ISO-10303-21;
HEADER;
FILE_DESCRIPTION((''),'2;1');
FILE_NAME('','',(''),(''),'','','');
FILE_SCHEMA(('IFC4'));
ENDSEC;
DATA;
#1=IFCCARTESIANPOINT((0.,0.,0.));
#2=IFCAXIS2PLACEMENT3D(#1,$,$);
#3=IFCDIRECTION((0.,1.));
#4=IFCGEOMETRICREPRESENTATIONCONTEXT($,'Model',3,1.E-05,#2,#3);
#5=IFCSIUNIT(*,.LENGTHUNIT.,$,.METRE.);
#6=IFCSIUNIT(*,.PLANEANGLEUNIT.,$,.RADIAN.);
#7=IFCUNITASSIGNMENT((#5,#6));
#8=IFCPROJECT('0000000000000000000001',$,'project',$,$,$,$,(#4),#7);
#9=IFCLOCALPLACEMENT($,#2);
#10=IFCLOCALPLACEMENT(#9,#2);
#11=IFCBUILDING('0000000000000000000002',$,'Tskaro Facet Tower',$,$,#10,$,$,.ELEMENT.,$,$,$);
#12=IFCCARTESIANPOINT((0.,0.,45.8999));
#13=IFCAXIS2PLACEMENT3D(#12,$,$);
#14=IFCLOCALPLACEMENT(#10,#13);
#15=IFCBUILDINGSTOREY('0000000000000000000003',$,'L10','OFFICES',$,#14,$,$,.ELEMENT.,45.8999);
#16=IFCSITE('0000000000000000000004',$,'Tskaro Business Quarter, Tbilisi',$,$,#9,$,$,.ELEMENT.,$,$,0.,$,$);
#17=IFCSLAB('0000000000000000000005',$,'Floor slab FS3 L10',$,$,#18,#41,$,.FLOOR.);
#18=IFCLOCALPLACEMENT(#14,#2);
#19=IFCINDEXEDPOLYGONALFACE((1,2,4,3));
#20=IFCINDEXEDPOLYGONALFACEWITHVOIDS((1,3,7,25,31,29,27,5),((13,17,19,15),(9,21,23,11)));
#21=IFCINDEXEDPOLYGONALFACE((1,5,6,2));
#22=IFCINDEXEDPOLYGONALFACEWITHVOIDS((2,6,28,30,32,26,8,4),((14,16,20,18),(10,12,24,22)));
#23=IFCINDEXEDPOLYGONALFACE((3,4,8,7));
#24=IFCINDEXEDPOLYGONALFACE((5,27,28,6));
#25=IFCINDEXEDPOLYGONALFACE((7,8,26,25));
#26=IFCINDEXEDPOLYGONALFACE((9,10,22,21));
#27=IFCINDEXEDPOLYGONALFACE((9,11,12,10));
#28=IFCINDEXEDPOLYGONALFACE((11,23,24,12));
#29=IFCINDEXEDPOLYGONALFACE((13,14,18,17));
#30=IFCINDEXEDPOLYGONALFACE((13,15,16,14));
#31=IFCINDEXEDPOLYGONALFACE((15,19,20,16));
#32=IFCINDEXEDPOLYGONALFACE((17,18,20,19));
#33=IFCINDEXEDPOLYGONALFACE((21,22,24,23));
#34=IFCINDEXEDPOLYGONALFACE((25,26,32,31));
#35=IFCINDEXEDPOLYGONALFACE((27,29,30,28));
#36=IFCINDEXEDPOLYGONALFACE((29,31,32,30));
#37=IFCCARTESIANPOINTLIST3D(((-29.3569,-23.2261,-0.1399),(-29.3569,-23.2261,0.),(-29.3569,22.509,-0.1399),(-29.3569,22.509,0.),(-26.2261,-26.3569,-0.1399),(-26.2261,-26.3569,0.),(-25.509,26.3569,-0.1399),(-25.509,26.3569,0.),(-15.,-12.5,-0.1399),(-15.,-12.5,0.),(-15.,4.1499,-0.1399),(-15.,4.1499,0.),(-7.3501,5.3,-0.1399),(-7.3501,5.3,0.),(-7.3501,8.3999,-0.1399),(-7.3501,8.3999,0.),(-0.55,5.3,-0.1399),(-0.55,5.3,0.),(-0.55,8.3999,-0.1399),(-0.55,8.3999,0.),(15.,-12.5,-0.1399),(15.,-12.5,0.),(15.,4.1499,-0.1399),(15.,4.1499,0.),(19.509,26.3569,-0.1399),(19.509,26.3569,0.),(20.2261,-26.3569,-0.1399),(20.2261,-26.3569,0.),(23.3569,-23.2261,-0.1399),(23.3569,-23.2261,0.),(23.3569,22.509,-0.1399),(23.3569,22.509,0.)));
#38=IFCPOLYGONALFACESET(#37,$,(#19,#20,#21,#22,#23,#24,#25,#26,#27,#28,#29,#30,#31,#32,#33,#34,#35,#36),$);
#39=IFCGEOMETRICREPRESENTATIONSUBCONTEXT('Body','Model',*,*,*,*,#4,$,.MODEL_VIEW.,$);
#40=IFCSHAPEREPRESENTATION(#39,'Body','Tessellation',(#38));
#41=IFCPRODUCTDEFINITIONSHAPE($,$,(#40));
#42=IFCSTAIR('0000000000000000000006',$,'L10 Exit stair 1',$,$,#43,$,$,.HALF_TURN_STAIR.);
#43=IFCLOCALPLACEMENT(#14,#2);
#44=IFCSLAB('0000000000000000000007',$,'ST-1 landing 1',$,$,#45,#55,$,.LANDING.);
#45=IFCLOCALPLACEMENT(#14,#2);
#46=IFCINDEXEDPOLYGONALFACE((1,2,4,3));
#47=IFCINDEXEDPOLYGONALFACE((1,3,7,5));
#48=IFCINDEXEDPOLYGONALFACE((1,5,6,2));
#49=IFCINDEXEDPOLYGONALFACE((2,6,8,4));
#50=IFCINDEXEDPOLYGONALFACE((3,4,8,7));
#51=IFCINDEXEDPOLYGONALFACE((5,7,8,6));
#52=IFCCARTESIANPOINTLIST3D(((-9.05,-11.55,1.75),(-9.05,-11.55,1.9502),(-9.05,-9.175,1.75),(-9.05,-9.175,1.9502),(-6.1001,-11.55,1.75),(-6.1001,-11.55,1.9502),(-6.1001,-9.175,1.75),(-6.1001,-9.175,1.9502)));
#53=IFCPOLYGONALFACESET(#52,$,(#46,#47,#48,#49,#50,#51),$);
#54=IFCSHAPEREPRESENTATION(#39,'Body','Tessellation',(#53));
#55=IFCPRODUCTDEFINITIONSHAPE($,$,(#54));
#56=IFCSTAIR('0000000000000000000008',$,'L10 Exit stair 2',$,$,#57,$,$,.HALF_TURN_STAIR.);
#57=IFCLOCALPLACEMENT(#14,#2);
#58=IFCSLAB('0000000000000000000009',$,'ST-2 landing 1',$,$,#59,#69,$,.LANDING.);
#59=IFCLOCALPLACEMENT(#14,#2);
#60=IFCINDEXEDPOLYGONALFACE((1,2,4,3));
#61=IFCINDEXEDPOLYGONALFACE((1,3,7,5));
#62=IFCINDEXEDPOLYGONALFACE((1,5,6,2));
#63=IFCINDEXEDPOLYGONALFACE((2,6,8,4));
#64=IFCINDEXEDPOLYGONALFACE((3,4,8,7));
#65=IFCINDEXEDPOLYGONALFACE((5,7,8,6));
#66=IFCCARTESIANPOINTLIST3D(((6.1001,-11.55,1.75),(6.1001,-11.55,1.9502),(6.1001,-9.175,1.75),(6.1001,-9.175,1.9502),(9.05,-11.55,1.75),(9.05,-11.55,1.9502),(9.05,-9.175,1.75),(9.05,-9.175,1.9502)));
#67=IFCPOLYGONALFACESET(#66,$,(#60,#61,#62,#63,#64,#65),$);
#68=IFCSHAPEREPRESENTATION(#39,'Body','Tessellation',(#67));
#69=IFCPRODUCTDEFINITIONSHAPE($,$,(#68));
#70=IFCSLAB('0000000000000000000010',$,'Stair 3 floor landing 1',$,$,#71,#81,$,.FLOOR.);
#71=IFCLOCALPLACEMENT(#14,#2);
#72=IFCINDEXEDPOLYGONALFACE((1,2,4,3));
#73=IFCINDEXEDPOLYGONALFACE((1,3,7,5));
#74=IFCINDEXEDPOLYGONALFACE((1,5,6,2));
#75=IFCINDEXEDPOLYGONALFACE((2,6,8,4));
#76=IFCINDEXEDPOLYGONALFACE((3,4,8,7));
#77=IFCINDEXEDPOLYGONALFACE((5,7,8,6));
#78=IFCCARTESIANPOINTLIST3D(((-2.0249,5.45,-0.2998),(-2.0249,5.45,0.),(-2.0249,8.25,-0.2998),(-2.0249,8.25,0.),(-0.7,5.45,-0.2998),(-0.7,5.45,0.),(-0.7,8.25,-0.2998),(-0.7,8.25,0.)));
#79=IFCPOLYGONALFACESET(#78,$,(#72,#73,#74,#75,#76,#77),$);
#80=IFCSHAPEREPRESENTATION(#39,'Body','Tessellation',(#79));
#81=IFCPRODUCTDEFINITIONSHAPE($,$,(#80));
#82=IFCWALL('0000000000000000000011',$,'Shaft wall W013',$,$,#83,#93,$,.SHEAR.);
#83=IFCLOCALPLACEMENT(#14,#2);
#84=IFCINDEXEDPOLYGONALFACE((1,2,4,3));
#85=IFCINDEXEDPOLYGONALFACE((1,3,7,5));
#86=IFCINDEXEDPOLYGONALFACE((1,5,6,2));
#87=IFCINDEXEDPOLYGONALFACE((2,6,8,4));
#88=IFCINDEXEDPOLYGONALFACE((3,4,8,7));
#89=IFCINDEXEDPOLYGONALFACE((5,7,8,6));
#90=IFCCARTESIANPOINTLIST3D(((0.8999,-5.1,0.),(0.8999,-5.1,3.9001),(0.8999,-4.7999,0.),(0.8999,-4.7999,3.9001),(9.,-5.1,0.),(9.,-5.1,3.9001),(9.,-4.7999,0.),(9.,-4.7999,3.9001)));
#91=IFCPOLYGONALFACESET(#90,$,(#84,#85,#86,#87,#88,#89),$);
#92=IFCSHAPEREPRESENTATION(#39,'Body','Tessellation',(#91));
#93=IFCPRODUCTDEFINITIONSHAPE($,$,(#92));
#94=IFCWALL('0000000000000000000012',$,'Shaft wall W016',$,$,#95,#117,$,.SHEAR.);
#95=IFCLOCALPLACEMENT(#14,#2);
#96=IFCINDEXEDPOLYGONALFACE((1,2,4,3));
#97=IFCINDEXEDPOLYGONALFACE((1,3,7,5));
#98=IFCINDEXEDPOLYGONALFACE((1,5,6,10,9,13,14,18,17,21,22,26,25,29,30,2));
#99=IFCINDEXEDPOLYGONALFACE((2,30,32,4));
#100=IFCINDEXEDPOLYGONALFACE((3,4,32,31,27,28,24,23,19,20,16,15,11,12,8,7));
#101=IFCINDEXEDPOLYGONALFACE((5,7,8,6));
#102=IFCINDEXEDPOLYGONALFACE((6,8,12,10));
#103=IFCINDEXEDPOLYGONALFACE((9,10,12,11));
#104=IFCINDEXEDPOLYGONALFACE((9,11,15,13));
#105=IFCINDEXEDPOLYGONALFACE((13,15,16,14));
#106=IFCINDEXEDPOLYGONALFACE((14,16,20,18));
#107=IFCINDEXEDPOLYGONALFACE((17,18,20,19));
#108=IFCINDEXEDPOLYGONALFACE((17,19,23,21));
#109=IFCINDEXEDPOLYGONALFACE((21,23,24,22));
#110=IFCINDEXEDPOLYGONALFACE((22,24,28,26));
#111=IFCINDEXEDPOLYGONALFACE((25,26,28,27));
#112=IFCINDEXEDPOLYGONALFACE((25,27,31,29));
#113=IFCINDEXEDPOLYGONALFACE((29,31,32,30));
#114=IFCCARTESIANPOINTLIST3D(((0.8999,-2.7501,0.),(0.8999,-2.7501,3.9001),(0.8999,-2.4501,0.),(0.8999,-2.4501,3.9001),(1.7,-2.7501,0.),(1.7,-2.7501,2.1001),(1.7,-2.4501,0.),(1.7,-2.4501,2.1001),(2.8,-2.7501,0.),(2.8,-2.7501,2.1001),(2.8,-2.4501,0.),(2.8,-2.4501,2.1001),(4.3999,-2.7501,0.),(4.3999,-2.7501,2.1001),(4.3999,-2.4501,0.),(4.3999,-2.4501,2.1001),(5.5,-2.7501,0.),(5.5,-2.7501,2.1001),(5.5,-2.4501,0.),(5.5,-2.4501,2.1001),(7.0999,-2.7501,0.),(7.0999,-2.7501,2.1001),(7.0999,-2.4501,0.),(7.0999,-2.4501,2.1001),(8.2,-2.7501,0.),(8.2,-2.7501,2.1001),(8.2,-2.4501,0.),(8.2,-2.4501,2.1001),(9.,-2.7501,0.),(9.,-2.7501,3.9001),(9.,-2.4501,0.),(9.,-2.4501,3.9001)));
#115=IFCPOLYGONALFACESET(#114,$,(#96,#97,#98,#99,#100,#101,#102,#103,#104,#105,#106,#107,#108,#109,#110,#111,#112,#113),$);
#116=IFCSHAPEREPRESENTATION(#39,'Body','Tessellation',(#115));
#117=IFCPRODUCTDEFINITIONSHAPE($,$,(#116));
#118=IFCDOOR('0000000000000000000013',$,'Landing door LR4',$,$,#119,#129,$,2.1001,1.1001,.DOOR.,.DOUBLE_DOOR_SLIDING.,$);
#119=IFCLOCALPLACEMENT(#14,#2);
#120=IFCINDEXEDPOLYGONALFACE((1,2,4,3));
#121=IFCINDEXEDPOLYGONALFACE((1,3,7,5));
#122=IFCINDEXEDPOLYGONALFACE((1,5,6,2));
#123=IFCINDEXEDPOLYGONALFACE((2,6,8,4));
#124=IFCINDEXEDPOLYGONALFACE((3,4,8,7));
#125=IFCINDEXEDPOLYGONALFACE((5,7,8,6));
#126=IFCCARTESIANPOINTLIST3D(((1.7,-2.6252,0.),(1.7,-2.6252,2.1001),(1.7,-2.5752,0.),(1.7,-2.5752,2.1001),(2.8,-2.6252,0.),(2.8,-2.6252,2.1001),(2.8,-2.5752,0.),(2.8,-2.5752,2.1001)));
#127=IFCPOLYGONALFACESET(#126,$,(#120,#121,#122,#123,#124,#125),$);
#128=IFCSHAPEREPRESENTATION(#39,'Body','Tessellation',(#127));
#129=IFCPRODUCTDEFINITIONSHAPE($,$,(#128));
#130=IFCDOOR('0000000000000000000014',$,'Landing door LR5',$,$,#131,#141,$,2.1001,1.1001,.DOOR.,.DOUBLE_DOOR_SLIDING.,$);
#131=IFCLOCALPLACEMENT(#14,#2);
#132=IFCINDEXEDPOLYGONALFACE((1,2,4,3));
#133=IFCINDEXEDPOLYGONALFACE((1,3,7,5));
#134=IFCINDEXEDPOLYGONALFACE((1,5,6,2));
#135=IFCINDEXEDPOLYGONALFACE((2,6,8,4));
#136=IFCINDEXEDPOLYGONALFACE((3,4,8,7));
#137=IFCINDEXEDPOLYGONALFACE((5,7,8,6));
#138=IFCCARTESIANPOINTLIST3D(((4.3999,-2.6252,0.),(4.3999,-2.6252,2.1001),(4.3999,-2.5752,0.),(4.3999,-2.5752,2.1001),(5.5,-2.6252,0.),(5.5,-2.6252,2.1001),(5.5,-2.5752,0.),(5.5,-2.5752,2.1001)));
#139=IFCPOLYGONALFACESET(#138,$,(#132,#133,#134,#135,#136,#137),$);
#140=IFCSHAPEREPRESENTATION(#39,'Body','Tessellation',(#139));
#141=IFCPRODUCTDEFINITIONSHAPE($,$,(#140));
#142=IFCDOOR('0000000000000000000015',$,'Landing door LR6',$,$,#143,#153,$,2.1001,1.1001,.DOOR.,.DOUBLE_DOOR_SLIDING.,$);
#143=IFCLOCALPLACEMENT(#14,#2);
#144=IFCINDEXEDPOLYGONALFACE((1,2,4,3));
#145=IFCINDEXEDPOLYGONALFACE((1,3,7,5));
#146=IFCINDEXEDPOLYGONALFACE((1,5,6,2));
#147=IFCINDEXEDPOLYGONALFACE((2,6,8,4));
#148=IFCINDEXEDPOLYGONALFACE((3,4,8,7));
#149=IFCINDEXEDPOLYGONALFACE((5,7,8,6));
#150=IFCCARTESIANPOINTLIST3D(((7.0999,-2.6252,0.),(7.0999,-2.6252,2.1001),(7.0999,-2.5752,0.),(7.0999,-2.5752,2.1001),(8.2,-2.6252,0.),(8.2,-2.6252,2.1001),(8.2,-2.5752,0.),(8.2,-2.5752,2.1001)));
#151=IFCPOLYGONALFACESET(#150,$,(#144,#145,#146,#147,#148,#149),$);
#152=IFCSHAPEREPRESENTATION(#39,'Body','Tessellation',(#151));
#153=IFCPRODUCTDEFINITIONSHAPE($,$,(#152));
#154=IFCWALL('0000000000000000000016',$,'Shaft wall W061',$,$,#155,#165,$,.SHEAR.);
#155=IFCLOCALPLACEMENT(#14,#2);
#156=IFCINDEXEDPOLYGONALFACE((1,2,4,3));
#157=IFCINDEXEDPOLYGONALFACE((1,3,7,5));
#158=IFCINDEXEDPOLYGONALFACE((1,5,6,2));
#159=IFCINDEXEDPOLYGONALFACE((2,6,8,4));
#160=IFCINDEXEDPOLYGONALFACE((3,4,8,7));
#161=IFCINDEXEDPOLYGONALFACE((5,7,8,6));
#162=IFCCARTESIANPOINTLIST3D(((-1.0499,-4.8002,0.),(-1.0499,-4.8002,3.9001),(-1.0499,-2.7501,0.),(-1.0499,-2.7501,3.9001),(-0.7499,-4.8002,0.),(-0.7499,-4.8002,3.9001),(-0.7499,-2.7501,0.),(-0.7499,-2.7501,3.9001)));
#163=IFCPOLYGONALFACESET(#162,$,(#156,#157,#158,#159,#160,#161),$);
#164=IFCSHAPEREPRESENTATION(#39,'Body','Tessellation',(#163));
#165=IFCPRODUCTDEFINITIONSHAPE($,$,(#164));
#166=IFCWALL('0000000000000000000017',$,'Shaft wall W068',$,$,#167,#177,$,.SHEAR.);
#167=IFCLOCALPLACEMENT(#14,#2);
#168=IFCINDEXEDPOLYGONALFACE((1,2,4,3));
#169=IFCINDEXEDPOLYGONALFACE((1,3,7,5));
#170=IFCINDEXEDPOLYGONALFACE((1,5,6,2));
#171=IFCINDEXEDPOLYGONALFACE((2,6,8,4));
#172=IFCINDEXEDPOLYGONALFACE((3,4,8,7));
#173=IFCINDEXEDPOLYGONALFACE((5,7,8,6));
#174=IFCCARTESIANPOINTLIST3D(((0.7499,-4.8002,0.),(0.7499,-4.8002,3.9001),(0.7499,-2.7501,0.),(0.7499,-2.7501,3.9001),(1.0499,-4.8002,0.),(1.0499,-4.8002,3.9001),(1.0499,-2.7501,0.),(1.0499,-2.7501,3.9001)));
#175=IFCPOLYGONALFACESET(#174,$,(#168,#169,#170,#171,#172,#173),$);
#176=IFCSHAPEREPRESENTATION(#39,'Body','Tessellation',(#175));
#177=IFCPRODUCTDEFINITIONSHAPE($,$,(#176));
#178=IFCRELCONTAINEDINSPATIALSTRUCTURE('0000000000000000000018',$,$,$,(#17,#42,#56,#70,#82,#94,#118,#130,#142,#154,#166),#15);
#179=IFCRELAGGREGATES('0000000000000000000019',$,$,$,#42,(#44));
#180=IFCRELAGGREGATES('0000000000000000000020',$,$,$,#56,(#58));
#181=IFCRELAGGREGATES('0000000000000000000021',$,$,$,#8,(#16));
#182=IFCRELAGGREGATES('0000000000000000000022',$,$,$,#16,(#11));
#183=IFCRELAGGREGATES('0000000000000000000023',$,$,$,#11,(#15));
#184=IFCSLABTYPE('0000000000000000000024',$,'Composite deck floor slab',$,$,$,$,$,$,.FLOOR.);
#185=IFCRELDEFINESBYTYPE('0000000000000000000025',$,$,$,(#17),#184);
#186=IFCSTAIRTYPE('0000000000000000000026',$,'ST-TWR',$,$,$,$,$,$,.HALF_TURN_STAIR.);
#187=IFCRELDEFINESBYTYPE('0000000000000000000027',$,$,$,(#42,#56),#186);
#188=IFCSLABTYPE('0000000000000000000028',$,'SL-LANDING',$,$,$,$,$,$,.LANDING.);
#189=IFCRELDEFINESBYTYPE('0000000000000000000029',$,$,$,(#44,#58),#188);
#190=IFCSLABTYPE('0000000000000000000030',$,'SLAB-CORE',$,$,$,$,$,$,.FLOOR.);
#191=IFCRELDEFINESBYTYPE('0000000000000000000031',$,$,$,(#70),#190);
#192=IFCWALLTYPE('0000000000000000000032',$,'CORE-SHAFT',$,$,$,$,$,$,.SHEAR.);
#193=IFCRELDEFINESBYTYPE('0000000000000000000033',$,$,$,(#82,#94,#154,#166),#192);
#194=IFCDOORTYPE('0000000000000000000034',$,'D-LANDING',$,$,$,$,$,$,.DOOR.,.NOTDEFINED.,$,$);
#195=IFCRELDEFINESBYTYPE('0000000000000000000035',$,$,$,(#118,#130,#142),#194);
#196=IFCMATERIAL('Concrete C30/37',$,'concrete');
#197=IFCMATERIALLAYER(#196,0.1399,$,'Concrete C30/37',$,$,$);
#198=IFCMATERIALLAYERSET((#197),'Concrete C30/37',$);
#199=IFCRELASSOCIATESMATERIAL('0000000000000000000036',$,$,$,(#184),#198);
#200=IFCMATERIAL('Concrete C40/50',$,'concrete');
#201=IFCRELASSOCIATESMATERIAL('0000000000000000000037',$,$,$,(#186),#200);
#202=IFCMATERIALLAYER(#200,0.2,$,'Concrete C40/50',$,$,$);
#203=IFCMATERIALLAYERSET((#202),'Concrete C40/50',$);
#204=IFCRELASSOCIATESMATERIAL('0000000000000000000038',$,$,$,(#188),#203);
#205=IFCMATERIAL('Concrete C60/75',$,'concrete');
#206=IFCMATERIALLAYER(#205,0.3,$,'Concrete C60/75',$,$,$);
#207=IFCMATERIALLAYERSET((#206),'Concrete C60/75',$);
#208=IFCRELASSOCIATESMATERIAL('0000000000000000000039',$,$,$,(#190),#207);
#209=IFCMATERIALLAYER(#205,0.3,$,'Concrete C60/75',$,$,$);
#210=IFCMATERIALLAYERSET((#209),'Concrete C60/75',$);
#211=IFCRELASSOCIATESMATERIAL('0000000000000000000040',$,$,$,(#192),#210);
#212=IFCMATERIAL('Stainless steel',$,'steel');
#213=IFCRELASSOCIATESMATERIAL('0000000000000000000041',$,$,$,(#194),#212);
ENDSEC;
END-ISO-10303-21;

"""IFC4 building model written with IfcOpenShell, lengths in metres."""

from ifc_helpers import new_model, si_unit, direction, frame, frame_2d, origin, place, context, subcontext, project, spatial, polyline, rectangle, outline, extrude, material, layer, layer_set, type_object, element, fill, aggregate, save


model = new_model("IFC4")

# Units and contexts
model_context = context("Model", 3, precision=1e-05, world=origin(), true_north=direction((0.0, 1.0)))
body_context = subcontext(model_context, "Body", "Model", "MODEL_VIEW")
ifc_project = project(units=[si_unit("LENGTHUNIT", "METRE"), si_unit("PLANEANGLEUNIT", "RADIAN")], contexts=[model_context])

# Site, building, storey
site_placement = place(None, origin())
site = spatial("IfcSite", under=ifc_project, at=site_placement, Name="Tskaro Business Quarter, Tbilisi", CompositionType="ELEMENT", RefElevation=0.0)
building_placement = place(site_placement, origin())
building = spatial("IfcBuilding", under=site, at=building_placement, Name="Tskaro Facet Tower", CompositionType="ELEMENT")
storey_placement = place(building_placement, frame((0.0, 0.0, 45.8999)))
storey = spatial("IfcBuildingStorey", under=building, at=storey_placement, Name="L10", Description="OFFICES", CompositionType="ELEMENT", Elevation=45.8999)

# Slab
ifc_material_1 = material(Name="Concrete C30/37", Category="concrete")
ifc_layer_1 = layer(ifc_material_1, 0.1399, Name="Concrete C30/37")
ifc_layer_set_1 = layer_set([ifc_layer_1], Name="Concrete C30/37")
slab_type_1 = type_object("IfcSlabType", Name="Composite deck floor slab", PredefinedType="FLOOR", material=ifc_layer_set_1)
slab_1_placement = place(storey_placement, frame((0.0, 0.0, -0.1399)))
element("IfcSlab", 1, at=slab_1_placement, inside=storey, type_object=slab_type_1, Name="Floor slab FS3 L10", PredefinedType="FLOOR", context=body_context, shape_type="SweptSolid", body=[
    extrude(outline(polyline([(-26.2261, -26.3569), (20.2261, -26.3569), (23.3569, -23.2261), (23.3569, 22.509), (19.509, 26.3569), (-25.509, 26.3569), (-29.3569, 22.509), (-29.3569, -23.2261), (-26.2261, -26.3569)]), holes=[polyline([(-15.0, -12.5), (15.0, -12.5), (15.0, 4.1499), (-15.0, 4.1499), (-15.0, -12.5)]), polyline([(-7.3501, 5.3), (-0.55, 5.3), (-0.55, 8.3999), (-7.3501, 8.3999), (-7.3501, 5.3)])]), origin(), (0.0, 0.0, 1.0), 0.1399),
])

# Stairs, slabs
ifc_material_2 = material(Name="Concrete C40/50", Category="concrete")
stair_type = type_object("IfcStairType", Name="ST-TWR", PredefinedType="HALF_TURN_STAIR", material=ifc_material_2)
stair_1_placement = place(storey_placement, origin())
stair_1 = element("IfcStair", 2, at=stair_1_placement, inside=storey, type_object=stair_type, Name="L10 Exit stair 1", PredefinedType="HALF_TURN_STAIR")
ifc_layer_2 = layer(ifc_material_2, 0.2, Name="Concrete C40/50")
ifc_layer_set_2 = layer_set([ifc_layer_2], Name="Concrete C40/50")
slab_type_2 = type_object("IfcSlabType", Name="SL-LANDING", PredefinedType="LANDING", material=ifc_layer_set_2)
slab_2_placement = place(storey_placement, frame((0.0, 0.0, 1.75)))
slab_2 = element("IfcSlab", 3, at=slab_2_placement, type_object=slab_type_2, Name="ST-1 landing 1", PredefinedType="LANDING", context=body_context, shape_type="SweptSolid", body=[
    extrude(outline(polyline([(-9.05, -11.55), (-6.1001, -11.55), (-6.1001, -9.175), (-9.05, -9.175), (-9.05, -11.55)])), origin(), (0.0, 0.0, 1.0), 0.2002),
])
aggregate(stair_1, [slab_2])
stair_2_placement = place(storey_placement, origin())
stair_2 = element("IfcStair", 4, at=stair_2_placement, inside=storey, type_object=stair_type, Name="L10 Exit stair 2", PredefinedType="HALF_TURN_STAIR")
slab_3_placement = place(storey_placement, frame((0.0, 0.0, 1.75)))
slab_3 = element("IfcSlab", 5, at=slab_3_placement, type_object=slab_type_2, Name="ST-2 landing 1", PredefinedType="LANDING", context=body_context, shape_type="SweptSolid", body=[
    extrude(outline(polyline([(6.1001, -11.55), (9.05, -11.55), (9.05, -9.175), (6.1001, -9.175), (6.1001, -11.55)])), origin(), (0.0, 0.0, 1.0), 0.2002),
])
aggregate(stair_2, [slab_3])

# Slab
ifc_material_3 = material(Name="Concrete C60/75", Category="concrete")
ifc_layer_3 = layer(ifc_material_3, 0.3, Name="Concrete C60/75")
ifc_layer_set_3 = layer_set([ifc_layer_3], Name="Concrete C60/75")
slab_type_3 = type_object("IfcSlabType", Name="SLAB-CORE", PredefinedType="FLOOR", material=ifc_layer_set_3)
slab_4_placement = place(storey_placement, frame((0.0, 0.0, -0.2998)))
element("IfcSlab", 6, at=slab_4_placement, inside=storey, type_object=slab_type_3, Name="Stair 3 floor landing 1", PredefinedType="FLOOR", context=body_context, shape_type="SweptSolid", body=[
    extrude(outline(polyline([(-2.0249, 5.45), (-0.7, 5.45), (-0.7, 8.25), (-2.0249, 8.25), (-2.0249, 5.45)])), origin(), (0.0, 0.0, 1.0), 0.2998),
])

# Wall
ifc_layer_4 = layer(ifc_material_3, 0.3, Name="Concrete C60/75")
ifc_layer_set_4 = layer_set([ifc_layer_4], Name="Concrete C60/75")
wall_type_1 = type_object("IfcWallType", Name="CORE-SHAFT", PredefinedType="SHEAR", material=ifc_layer_set_4)
wall_1_placement = place(storey_placement, frame((0.8999, -4.95, 0.0), z_axis=(0.0, 0.0, 1.0), x_axis=(1.0, 0.0, 0.0)))
element("IfcWall", 7, at=wall_1_placement, inside=storey, type_object=wall_type_1, Name="Shaft wall W013", PredefinedType="SHEAR", context=body_context, shape_type="SweptSolid", body=[
    extrude(rectangle(XDim=8.1001, YDim=0.3, at=frame_2d((4.05, 0.0))), origin(), (0.0, 0.0, 1.0), 3.9001),
])

# Wall, openings, doors
wall_2_placement = place(storey_placement, frame((0.8999, -2.6001, 0.0), z_axis=(0.0, 0.0, 1.0), x_axis=(1.0, 0.0, 0.0)))
wall_2 = element("IfcWall", 8, at=wall_2_placement, inside=storey, type_object=wall_type_1, Name="Shaft wall W016", PredefinedType="SHEAR", context=body_context, shape_type="SweptSolid", body=[
    extrude(rectangle(XDim=8.1001, YDim=0.3, at=frame_2d((4.05, 0.0))), origin(), (0.0, 0.0, 1.0), 3.9001),
])
opening_1_placement = place(wall_2_placement, frame((0.8, 0.0, 0.0)))
opening_1 = element("IfcOpeningElement", 9, at=opening_1_placement, cuts=wall_2, PredefinedType="OPENING", context=body_context, shape_type="SweptSolid", body=[
    extrude(rectangle(XDim=1.1001, YDim=2.1001, at=frame_2d((0.55, 1.05))), frame((0.0, 0.1599, 0.0), z_axis=(0.0, -1.0, 0.0), x_axis=(1.0, 0.0, 0.0)), (0.0, 0.0, 1.0), 0.3201),
])
opening_2_placement = place(wall_2_placement, frame((3.5, 0.0, 0.0)))
opening_2 = element("IfcOpeningElement", 10, at=opening_2_placement, cuts=wall_2, PredefinedType="OPENING", context=body_context, shape_type="SweptSolid", body=[
    extrude(rectangle(XDim=1.1001, YDim=2.1001, at=frame_2d((0.55, 1.05))), frame((0.0, 0.1599, 0.0), z_axis=(0.0, -1.0, 0.0), x_axis=(1.0, 0.0, 0.0)), (0.0, 0.0, 1.0), 0.3201),
])
opening_3_placement = place(wall_2_placement, frame((6.2, 0.0, 0.0)))
opening_3 = element("IfcOpeningElement", 11, at=opening_3_placement, cuts=wall_2, PredefinedType="OPENING", context=body_context, shape_type="SweptSolid", body=[
    extrude(rectangle(XDim=1.1001, YDim=2.1001, at=frame_2d((0.55, 1.05))), frame((0.0, 0.1599, 0.0), z_axis=(0.0, -1.0, 0.0), x_axis=(1.0, 0.0, 0.0)), (0.0, 0.0, 1.0), 0.3201),
])
ifc_material_4 = material(Name="Stainless steel", Category="steel")
door_type_1 = type_object("IfcDoorType", Name="D-LANDING", OperationType="NOTDEFINED", PredefinedType="DOOR", material=ifc_material_4)
door_1_placement = place(opening_1_placement, origin())
door_1 = element("IfcDoor", 12, at=door_1_placement, inside=storey, type_object=door_type_1, Name="Landing door LR4", OperationType="DOUBLE_DOOR_SLIDING", OverallHeight=2.1001, OverallWidth=1.1001, PredefinedType="DOOR", context=body_context, shape_type="SweptSolid", body=[
    extrude(rectangle(XDim=1.1001, YDim=2.1001, at=frame_2d((0.55, 1.05))), frame((0.0, 0.0249, 0.0), z_axis=(0.0, -1.0, 0.0), x_axis=(1.0, 0.0, 0.0)), (0.0, 0.0, 1.0), 0.05),
])
fill(opening_1, door_1)
door_2_placement = place(opening_2_placement, origin())
door_2 = element("IfcDoor", 13, at=door_2_placement, inside=storey, type_object=door_type_1, Name="Landing door LR5", OperationType="DOUBLE_DOOR_SLIDING", OverallHeight=2.1001, OverallWidth=1.1001, PredefinedType="DOOR", context=body_context, shape_type="SweptSolid", body=[
    extrude(rectangle(XDim=1.1001, YDim=2.1001, at=frame_2d((0.55, 1.05))), frame((0.0, 0.0249, 0.0), z_axis=(0.0, -1.0, 0.0), x_axis=(1.0, 0.0, 0.0)), (0.0, 0.0, 1.0), 0.05),
])
fill(opening_2, door_2)
door_3_placement = place(opening_3_placement, origin())
door_3 = element("IfcDoor", 14, at=door_3_placement, inside=storey, type_object=door_type_1, Name="Landing door LR6", OperationType="DOUBLE_DOOR_SLIDING", OverallHeight=2.1001, OverallWidth=1.1001, PredefinedType="DOOR", context=body_context, shape_type="SweptSolid", body=[
    extrude(rectangle(XDim=1.1001, YDim=2.1001, at=frame_2d((0.55, 1.05))), frame((0.0, 0.0249, 0.0), z_axis=(0.0, -1.0, 0.0), x_axis=(1.0, 0.0, 0.0)), (0.0, 0.0, 1.0), 0.05),
])
fill(opening_3, door_3)

# Walls
for number, where, z_axis, x_axis, name in (
    (15, (-0.8999, -4.8, 0.0), (0.0, 0.0, 1.0), (0.0, 1.0, 0.0), "Shaft wall W061"),
    (16, (0.8999, -4.8, 0.0), (0.0, 0.0, 1.0), (0.0, 1.0, 0.0), "Shaft wall W068"),
):
    element("IfcWall", number, at=place(storey_placement, frame(where, z_axis=z_axis, x_axis=x_axis)), inside=storey, type_object=wall_type_1, Name=name, PredefinedType="SHEAR", context=body_context, shape_type="SweptSolid", body=[
        extrude(rectangle(XDim=2.05, YDim=0.3, at=frame_2d((1.0249, 0.0))), origin(), (0.0, 0.0, 1.0), 3.9001),
    ])

save(model, "model.ifc")
